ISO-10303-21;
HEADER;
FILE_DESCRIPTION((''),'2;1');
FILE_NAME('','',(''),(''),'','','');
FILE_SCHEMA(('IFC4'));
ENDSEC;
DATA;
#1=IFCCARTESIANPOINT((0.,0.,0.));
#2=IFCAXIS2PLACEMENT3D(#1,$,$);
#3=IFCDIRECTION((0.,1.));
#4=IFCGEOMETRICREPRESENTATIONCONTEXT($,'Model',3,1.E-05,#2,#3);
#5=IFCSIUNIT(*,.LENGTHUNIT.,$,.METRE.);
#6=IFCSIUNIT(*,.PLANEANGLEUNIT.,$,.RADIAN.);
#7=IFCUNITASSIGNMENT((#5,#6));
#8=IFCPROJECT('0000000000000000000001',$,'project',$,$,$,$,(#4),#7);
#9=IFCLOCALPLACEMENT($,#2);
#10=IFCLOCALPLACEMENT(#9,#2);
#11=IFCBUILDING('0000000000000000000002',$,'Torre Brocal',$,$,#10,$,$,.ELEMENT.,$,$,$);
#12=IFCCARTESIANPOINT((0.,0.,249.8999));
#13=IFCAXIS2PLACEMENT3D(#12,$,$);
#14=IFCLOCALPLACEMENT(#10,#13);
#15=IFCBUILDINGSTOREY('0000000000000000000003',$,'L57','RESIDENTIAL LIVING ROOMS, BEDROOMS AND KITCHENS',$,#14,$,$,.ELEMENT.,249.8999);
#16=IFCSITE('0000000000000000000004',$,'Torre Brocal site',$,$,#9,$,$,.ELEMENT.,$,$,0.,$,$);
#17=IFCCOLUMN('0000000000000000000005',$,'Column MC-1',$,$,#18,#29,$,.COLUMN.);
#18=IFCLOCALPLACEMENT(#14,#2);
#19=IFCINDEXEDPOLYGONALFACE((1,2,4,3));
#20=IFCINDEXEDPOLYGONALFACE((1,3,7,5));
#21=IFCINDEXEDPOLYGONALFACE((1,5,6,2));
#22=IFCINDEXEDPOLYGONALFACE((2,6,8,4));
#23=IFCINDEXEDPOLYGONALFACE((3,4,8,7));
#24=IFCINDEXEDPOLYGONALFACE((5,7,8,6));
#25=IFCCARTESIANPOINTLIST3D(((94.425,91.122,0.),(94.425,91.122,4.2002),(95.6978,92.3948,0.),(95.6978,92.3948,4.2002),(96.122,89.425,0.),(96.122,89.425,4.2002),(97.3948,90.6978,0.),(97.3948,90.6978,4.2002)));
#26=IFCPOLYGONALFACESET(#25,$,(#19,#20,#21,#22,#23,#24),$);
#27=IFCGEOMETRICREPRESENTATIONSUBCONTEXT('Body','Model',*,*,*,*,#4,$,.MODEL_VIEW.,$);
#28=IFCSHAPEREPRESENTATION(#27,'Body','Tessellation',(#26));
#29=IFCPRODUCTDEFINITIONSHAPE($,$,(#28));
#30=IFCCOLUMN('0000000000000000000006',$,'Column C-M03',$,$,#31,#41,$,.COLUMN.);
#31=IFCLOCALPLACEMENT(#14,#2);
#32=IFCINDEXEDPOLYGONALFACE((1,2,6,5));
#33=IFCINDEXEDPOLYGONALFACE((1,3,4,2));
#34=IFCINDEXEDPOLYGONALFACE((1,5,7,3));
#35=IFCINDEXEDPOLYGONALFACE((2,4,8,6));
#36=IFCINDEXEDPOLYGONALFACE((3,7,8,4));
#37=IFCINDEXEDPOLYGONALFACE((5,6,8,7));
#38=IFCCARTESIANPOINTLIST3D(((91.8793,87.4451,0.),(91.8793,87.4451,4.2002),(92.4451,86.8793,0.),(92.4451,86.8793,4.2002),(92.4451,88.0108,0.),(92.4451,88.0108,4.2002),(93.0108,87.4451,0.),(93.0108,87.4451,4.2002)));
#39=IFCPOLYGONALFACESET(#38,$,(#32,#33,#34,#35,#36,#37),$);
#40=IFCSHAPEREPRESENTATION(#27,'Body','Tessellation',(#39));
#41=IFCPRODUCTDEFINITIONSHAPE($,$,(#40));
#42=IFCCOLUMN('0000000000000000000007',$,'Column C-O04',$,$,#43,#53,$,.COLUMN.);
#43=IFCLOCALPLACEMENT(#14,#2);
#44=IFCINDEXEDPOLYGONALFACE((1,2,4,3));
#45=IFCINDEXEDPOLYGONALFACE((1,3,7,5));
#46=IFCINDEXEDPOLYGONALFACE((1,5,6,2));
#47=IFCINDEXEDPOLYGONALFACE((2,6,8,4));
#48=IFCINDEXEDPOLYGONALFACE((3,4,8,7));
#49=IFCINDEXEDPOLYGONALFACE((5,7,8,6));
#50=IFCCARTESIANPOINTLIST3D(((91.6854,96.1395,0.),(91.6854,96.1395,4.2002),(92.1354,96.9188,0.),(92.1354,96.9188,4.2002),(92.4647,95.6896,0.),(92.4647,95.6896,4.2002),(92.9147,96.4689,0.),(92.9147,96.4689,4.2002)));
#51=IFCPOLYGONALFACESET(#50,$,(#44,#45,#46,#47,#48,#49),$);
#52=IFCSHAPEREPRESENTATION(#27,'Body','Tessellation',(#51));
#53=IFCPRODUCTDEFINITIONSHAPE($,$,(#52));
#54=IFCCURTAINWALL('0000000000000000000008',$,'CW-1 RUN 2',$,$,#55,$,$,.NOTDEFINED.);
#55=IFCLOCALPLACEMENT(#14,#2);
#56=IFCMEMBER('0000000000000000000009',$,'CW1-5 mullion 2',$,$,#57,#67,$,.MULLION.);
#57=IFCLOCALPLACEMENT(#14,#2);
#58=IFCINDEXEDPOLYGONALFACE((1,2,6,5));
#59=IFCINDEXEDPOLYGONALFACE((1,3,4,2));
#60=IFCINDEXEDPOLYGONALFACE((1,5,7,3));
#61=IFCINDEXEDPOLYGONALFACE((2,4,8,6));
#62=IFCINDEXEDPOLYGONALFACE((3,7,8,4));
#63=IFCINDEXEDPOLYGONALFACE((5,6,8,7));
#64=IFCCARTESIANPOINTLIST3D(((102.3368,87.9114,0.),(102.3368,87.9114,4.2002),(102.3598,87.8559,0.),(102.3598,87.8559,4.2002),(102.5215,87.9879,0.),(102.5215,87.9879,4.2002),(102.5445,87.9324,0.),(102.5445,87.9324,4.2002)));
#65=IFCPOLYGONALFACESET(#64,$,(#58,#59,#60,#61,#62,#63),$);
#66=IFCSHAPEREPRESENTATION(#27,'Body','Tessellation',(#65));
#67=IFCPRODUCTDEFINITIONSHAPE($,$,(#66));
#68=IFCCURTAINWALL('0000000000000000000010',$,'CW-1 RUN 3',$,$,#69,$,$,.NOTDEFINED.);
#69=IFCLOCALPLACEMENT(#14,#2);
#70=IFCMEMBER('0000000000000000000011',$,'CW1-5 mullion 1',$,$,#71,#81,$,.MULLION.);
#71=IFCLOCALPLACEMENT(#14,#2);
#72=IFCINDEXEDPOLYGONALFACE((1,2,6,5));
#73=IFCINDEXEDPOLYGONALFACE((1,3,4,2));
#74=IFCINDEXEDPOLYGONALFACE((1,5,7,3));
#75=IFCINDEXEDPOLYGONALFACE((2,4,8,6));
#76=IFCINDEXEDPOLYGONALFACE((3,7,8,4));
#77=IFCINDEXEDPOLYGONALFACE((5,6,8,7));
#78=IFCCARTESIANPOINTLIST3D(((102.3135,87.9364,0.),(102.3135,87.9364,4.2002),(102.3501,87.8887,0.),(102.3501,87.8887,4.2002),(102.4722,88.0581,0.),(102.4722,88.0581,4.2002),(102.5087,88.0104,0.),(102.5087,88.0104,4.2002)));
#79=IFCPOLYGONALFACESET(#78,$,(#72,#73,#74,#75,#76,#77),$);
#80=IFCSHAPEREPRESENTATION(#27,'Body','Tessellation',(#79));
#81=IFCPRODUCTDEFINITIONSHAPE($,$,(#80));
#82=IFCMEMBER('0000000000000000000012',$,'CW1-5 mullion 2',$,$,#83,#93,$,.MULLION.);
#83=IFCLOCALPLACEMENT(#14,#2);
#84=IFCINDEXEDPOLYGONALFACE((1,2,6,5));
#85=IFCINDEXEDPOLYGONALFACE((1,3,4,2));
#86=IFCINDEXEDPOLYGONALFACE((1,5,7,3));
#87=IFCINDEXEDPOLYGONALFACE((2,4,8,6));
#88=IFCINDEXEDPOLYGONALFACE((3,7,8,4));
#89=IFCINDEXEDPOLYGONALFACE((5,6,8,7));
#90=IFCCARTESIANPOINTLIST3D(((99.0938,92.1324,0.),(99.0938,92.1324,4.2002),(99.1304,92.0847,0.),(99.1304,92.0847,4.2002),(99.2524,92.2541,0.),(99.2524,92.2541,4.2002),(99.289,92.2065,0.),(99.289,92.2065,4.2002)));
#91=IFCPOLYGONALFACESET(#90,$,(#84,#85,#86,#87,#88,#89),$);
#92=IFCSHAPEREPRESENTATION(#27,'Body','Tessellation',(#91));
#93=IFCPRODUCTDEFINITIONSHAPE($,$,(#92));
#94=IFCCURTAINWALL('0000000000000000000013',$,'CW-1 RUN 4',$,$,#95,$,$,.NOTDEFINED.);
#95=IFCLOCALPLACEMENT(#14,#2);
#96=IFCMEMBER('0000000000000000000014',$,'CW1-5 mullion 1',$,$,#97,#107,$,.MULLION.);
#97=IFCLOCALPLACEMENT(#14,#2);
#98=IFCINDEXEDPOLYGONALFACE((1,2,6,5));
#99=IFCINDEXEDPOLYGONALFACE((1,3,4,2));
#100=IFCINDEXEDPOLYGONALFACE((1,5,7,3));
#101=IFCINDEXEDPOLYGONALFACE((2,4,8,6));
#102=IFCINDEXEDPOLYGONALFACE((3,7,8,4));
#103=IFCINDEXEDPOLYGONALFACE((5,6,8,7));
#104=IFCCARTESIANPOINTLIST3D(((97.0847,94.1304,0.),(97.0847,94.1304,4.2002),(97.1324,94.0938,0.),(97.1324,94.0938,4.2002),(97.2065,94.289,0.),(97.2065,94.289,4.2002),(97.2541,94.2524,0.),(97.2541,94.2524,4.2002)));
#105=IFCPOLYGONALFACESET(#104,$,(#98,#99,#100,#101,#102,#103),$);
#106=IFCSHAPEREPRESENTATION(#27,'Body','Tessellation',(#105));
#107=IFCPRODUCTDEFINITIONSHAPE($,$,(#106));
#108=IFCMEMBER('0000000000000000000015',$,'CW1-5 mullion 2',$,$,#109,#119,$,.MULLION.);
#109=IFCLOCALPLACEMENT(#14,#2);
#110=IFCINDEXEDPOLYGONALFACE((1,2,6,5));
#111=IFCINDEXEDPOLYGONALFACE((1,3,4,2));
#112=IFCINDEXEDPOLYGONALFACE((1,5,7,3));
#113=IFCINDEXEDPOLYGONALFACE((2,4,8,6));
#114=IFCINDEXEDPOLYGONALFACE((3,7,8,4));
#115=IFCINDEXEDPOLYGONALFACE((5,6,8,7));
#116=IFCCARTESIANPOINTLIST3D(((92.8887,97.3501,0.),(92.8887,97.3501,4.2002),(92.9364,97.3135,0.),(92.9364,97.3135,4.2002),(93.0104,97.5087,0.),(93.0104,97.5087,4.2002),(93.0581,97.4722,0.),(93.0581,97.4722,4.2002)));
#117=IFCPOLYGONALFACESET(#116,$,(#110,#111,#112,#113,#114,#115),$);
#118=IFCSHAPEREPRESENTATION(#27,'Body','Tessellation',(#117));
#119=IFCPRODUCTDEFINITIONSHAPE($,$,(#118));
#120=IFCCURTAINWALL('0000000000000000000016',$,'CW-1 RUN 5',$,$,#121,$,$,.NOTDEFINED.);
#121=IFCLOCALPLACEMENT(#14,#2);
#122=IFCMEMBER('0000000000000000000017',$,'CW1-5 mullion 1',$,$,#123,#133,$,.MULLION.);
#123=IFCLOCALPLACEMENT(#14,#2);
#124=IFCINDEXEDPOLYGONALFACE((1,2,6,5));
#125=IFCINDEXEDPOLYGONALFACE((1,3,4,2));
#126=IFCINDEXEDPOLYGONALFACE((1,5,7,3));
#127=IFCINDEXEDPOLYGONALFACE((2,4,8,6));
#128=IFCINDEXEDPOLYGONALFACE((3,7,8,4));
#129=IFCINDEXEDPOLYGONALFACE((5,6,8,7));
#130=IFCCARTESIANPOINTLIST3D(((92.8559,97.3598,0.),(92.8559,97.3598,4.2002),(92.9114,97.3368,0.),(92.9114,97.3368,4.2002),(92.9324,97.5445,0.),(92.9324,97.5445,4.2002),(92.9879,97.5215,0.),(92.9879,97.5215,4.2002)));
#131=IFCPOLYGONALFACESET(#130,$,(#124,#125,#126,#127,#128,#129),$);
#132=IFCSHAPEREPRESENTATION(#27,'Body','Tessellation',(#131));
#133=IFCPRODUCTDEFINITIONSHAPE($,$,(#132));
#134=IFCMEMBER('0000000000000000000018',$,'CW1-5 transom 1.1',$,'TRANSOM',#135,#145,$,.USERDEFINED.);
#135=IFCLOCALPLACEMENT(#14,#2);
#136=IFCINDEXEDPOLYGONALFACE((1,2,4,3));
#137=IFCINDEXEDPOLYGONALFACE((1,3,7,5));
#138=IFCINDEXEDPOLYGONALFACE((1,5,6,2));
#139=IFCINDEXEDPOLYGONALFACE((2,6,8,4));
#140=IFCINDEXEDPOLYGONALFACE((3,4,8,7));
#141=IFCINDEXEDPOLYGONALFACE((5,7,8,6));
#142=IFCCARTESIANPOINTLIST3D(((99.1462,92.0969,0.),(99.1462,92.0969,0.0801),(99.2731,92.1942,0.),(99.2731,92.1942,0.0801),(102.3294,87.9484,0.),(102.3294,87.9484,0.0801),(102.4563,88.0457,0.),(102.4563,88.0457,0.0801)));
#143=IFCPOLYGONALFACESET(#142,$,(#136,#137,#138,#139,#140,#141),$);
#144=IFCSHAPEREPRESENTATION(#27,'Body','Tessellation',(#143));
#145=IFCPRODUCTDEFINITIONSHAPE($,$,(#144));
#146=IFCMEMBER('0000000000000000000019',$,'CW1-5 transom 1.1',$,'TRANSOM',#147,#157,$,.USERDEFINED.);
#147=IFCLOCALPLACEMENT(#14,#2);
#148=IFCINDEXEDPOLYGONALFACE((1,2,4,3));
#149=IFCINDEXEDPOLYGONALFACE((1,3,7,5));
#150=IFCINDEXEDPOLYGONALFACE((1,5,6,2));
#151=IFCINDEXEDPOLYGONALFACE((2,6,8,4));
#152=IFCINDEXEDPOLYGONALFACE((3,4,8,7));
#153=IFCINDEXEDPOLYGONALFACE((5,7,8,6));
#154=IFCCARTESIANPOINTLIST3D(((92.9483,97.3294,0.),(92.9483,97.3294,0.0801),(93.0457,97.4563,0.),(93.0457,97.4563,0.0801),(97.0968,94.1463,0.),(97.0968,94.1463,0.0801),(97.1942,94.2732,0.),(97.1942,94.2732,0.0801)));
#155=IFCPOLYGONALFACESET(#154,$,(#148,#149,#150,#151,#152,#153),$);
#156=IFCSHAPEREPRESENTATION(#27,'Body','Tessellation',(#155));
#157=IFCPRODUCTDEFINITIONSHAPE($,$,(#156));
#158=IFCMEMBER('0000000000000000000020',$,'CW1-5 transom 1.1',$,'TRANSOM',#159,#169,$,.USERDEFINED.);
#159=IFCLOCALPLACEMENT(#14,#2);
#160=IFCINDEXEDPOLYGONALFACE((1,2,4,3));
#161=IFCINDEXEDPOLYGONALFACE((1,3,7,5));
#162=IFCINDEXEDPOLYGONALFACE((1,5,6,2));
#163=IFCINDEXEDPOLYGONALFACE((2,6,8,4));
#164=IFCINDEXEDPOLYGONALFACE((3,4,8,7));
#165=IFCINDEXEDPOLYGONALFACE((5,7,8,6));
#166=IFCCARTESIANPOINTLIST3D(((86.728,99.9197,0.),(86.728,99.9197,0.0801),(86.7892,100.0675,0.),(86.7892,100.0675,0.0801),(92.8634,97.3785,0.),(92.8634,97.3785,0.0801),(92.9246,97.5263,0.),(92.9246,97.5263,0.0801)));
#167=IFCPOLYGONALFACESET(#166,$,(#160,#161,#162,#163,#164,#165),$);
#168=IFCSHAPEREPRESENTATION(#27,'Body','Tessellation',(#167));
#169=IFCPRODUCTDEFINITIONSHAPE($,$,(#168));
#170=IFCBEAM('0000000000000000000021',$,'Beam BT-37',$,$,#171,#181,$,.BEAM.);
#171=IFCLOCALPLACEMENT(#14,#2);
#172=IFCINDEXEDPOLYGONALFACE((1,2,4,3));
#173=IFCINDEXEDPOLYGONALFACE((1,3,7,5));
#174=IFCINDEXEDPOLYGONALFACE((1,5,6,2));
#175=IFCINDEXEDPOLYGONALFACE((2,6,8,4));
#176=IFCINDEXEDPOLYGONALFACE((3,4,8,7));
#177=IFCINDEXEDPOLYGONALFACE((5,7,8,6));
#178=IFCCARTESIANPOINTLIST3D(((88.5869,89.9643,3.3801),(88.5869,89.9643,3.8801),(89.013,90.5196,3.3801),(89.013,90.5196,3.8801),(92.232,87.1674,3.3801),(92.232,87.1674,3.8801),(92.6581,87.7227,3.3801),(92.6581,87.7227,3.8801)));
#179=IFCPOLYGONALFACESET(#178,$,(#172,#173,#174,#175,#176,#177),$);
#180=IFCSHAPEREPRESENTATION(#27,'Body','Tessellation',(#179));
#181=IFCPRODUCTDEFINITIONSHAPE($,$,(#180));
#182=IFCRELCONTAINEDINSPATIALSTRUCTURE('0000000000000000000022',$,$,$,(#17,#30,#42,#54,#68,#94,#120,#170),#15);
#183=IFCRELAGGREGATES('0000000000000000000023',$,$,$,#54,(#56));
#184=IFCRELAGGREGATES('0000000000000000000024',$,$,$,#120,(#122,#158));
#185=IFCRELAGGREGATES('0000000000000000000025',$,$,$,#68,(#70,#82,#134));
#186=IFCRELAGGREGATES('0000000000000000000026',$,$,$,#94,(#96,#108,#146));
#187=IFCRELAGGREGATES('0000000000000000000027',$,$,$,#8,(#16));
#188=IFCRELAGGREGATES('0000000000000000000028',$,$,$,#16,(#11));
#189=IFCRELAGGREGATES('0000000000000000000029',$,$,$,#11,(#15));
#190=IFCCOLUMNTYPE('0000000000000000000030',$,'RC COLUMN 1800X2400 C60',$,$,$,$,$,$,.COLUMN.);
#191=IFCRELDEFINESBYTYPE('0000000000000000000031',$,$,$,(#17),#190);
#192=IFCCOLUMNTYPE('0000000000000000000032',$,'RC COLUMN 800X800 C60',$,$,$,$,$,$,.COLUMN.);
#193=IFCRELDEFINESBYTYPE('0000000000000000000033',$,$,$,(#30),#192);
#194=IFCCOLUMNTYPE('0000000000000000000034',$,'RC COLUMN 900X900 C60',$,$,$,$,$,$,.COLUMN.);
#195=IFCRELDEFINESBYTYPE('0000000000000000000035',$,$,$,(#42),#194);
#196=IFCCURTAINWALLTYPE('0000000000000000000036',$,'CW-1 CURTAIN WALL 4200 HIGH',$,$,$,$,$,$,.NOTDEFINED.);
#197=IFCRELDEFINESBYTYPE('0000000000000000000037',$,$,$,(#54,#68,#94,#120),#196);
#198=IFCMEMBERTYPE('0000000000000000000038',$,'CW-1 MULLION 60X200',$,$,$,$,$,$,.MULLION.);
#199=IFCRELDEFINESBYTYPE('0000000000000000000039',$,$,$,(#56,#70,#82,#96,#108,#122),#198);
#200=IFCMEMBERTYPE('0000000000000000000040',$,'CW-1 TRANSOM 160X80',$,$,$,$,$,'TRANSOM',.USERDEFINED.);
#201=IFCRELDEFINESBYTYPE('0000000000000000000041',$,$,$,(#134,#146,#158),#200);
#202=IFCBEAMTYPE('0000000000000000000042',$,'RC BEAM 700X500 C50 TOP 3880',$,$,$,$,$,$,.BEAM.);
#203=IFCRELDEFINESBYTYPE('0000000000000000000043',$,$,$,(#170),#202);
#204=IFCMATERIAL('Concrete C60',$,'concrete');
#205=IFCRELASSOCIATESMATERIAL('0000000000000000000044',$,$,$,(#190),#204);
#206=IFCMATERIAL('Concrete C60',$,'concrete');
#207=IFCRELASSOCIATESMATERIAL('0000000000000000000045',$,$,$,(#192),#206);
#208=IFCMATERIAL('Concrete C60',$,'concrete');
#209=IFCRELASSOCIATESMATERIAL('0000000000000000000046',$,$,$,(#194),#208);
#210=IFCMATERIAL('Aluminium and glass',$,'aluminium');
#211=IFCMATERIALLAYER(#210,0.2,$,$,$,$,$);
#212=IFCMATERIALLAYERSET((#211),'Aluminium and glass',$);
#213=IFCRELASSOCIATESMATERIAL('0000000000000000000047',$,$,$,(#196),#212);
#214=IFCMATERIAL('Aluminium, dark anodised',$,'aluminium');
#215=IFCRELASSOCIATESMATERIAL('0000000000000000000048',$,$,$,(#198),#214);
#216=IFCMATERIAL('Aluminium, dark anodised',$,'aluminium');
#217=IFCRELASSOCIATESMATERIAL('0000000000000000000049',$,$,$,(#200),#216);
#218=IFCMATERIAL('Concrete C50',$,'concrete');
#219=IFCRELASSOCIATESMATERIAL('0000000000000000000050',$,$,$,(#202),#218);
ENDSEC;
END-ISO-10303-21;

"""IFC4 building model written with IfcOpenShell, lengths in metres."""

from ifc_helpers import new_model, si_unit, direction, frame, origin, origin_2d, place, context, subcontext, project, spatial, rectangle, extrude, material, layer, layer_set, material_profile, profile_set, type_object, element, aggregate, save


model = new_model("IFC4")

# Units and contexts
model_context = context("Model", 3, precision=1e-05, world=origin(), true_north=direction((0.0, 1.0)))
body_context = subcontext(model_context, "Body", "Model", "MODEL_VIEW")
ifc_project = project(units=[si_unit("LENGTHUNIT", "METRE"), si_unit("PLANEANGLEUNIT", "RADIAN")], contexts=[model_context])

# Site, building, storey
site_placement = place(None, origin())
site = spatial("IfcSite", under=ifc_project, at=site_placement, Name="Torre Brocal site", CompositionType="ELEMENT", RefElevation=0.0)
building_placement = place(site_placement, origin())
building = spatial("IfcBuilding", under=site, at=building_placement, Name="Torre Brocal", CompositionType="ELEMENT")
storey_placement = place(building_placement, frame((0.0, 0.0, 249.8999)))
storey = spatial("IfcBuildingStorey", under=building, at=storey_placement, Name="L57", Description="RESIDENTIAL LIVING ROOMS, BEDROOMS AND KITCHENS", CompositionType="ELEMENT", Elevation=249.8999)

# Columns
ifc_material_1 = material(Name="Concrete C60", Category="concrete")
ifc_material_profile_1 = material_profile(ifc_material_1, rectangle(XDim=1.8, YDim=2.3999, at=origin_2d()), Name="RC 1800X2400")
ifc_profile_set_1 = profile_set([ifc_material_profile_1], Name="Concrete C60")
column_type_1 = type_object("IfcColumnType", Name="RC COLUMN 1800X2400 C60", PredefinedType="COLUMN", material=ifc_profile_set_1)
column_1_placement = place(storey_placement, frame((95.9099, 90.9099, 0.0), z_axis=(0.0, 0.0, 1.0), x_axis=(0.707107, 0.707107, 0.0)))
element("IfcColumn", 1, at=column_1_placement, inside=storey, type_object=column_type_1, Name="Column MC-1", PredefinedType="COLUMN", context=body_context, shape_type="SweptSolid", body=[
    extrude(rectangle(XDim=1.8, YDim=2.3999, at=origin_2d()), origin(), (0.0, 0.0, 1.0), 4.2002),
])
ifc_material_2 = material(Name="Concrete C60", Category="concrete")
ifc_material_profile_2 = material_profile(ifc_material_2, rectangle(XDim=0.8, YDim=0.8, at=origin_2d()), Name="RC 800X800")
ifc_profile_set_2 = profile_set([ifc_material_profile_2], Name="Concrete C60")
column_type_2 = type_object("IfcColumnType", Name="RC COLUMN 800X800 C60", PredefinedType="COLUMN", material=ifc_profile_set_2)
column_2_placement = place(storey_placement, frame((92.4451, 87.4451, 0.0), z_axis=(0.0, 0.0, 1.0), x_axis=(0.707107, 0.707107, 0.0)))
element("IfcColumn", 2, at=column_2_placement, inside=storey, type_object=column_type_2, Name="Column C-M03", PredefinedType="COLUMN", context=body_context, shape_type="SweptSolid", body=[
    extrude(rectangle(XDim=0.8, YDim=0.8, at=origin_2d()), origin(), (0.0, 0.0, 1.0), 4.2002),
])
ifc_material_3 = material(Name="Concrete C60", Category="concrete")
ifc_material_profile_3 = material_profile(ifc_material_3, rectangle(XDim=0.8999, YDim=0.8999, at=origin_2d()), Name="RC 900X900")
ifc_profile_set_3 = profile_set([ifc_material_profile_3], Name="Concrete C60")
column_type_3 = type_object("IfcColumnType", Name="RC COLUMN 900X900 C60", PredefinedType="COLUMN", material=ifc_profile_set_3)
column_3_placement = place(storey_placement, frame((92.3, 96.3042, 0.0), z_axis=(0.0, 0.0, 1.0), x_axis=(0.5, 0.866025, 0.0)))
element("IfcColumn", 3, at=column_3_placement, inside=storey, type_object=column_type_3, Name="Column C-O04", PredefinedType="COLUMN", context=body_context, shape_type="SweptSolid", body=[
    extrude(rectangle(XDim=0.8999, YDim=0.8999, at=origin_2d()), origin(), (0.0, 0.0, 1.0), 4.2002),
])

# Curtain wall, member
ifc_material_4 = material(Name="Aluminium and glass", Category="aluminium")
ifc_layer_1 = layer(ifc_material_4, 0.2)
ifc_layer_set_1 = layer_set([ifc_layer_1], Name="Aluminium and glass")
curtain_wall_type = type_object("IfcCurtainWallType", Name="CW-1 CURTAIN WALL 4200 HIGH", PredefinedType="NOTDEFINED", material=ifc_layer_set_1)
curtain_wall_1_placement = place(storey_placement, origin())
curtain_wall_1 = element("IfcCurtainWall", 4, at=curtain_wall_1_placement, inside=storey, type_object=curtain_wall_type, Name="CW-1 RUN 2", PredefinedType="NOTDEFINED")
ifc_material_5 = material(Name="Aluminium, dark anodised", Category="aluminium")
ifc_material_profile_4 = material_profile(ifc_material_5, rectangle(XDim=0.2, YDim=0.0601, at=origin_2d()), Name="CW-1 MULLION 60X200")
ifc_profile_set_4 = profile_set([ifc_material_profile_4], Name="Aluminium, dark anodised")
member_type_1 = type_object("IfcMemberType", Name="CW-1 MULLION 60X200", PredefinedType="MULLION", material=ifc_profile_set_4)
member_1_placement = place(storey_placement, frame((102.4407, 87.9219, 0.0), z_axis=(0.0, 0.0, 1.0), x_axis=(-0.92388, -0.382683, 0.0)))
member_1 = element("IfcMember", 5, at=member_1_placement, type_object=member_type_1, Name="CW1-5 mullion 2", PredefinedType="MULLION", context=body_context, shape_type="SweptSolid", body=[
    extrude(rectangle(XDim=0.2, YDim=0.0601, at=origin_2d()), origin(), (0.0, 0.0, 1.0), 4.2002),
])
aggregate(curtain_wall_1, [member_1])

# Curtain walls, members
curtain_wall_2_placement = place(storey_placement, origin())
curtain_wall_2 = element("IfcCurtainWall", 6, at=curtain_wall_2_placement, inside=storey, type_object=curtain_wall_type, Name="CW-1 RUN 3", PredefinedType="NOTDEFINED")
member_2_placement = place(storey_placement, frame((102.4111, 87.9734, 0.0), z_axis=(0.0, 0.0, 1.0), x_axis=(-0.793353, -0.608761, 0.0)))
member_2 = element("IfcMember", 7, at=member_2_placement, type_object=member_type_1, Name="CW1-5 mullion 1", PredefinedType="MULLION", context=body_context, shape_type="SweptSolid", body=[
    extrude(rectangle(XDim=0.2, YDim=0.0601, at=origin_2d()), origin(), (0.0, 0.0, 1.0), 4.2002),
])
member_3_placement = place(storey_placement, frame((99.1914, 92.1694, 0.0), z_axis=(0.0, 0.0, 1.0), x_axis=(-0.793353, -0.608761, 0.0)))
member_3 = element("IfcMember", 8, at=member_3_placement, type_object=member_type_1, Name="CW1-5 mullion 2", PredefinedType="MULLION", context=body_context, shape_type="SweptSolid", body=[
    extrude(rectangle(XDim=0.2, YDim=0.0601, at=origin_2d()), origin(), (0.0, 0.0, 1.0), 4.2002),
])
curtain_wall_3_placement = place(storey_placement, origin())
curtain_wall_3 = element("IfcCurtainWall", 9, at=curtain_wall_3_placement, inside=storey, type_object=curtain_wall_type, Name="CW-1 RUN 4", PredefinedType="NOTDEFINED")
member_4_placement = place(storey_placement, frame((97.1694, 94.1914, 0.0), z_axis=(0.0, 0.0, 1.0), x_axis=(-0.608761, -0.793353, 0.0)))
member_4 = element("IfcMember", 10, at=member_4_placement, type_object=member_type_1, Name="CW1-5 mullion 1", PredefinedType="MULLION", context=body_context, shape_type="SweptSolid", body=[
    extrude(rectangle(XDim=0.2, YDim=0.0601, at=origin_2d()), origin(), (0.0, 0.0, 1.0), 4.2002),
])
member_5_placement = place(storey_placement, frame((92.9734, 97.4111, 0.0), z_axis=(0.0, 0.0, 1.0), x_axis=(-0.608761, -0.793353, 0.0)))
member_5 = element("IfcMember", 11, at=member_5_placement, type_object=member_type_1, Name="CW1-5 mullion 2", PredefinedType="MULLION", context=body_context, shape_type="SweptSolid", body=[
    extrude(rectangle(XDim=0.2, YDim=0.0601, at=origin_2d()), origin(), (0.0, 0.0, 1.0), 4.2002),
])

# Curtain wall, member
curtain_wall_4_placement = place(storey_placement, origin())
curtain_wall_4 = element("IfcCurtainWall", 12, at=curtain_wall_4_placement, inside=storey, type_object=curtain_wall_type, Name="CW-1 RUN 5", PredefinedType="NOTDEFINED")
member_6_placement = place(storey_placement, frame((92.9219, 97.4407, 0.0), z_axis=(0.0, 0.0, 1.0), x_axis=(-0.382683, -0.92388, 0.0)))
member_6 = element("IfcMember", 13, at=member_6_placement, type_object=member_type_1, Name="CW1-5 mullion 1", PredefinedType="MULLION", context=body_context, shape_type="SweptSolid", body=[
    extrude(rectangle(XDim=0.2, YDim=0.0601, at=origin_2d()), origin(), (0.0, 0.0, 1.0), 4.2002),
])

# Members
ifc_material_6 = material(Name="Aluminium, dark anodised", Category="aluminium")
ifc_material_profile_5 = material_profile(ifc_material_6, rectangle(XDim=0.1599, YDim=0.0801, at=origin_2d()), Name="CW-1 TRANSOM 160X80")
ifc_profile_set_5 = profile_set([ifc_material_profile_5], Name="Aluminium, dark anodised")
member_type_2 = type_object("IfcMemberType", Name="CW-1 TRANSOM 160X80", ElementType="TRANSOM", PredefinedType="USERDEFINED", material=ifc_profile_set_5)
member_7_placement = place(storey_placement, frame((102.3928, 87.9971, 0.04), z_axis=(-0.608749, 0.793363, 0.0), x_axis=(-0.793363, -0.608749, 0.0)))
member_7 = element("IfcMember", 14, at=member_7_placement, type_object=member_type_2, Name="CW1-5 transom 1.1", ObjectType="TRANSOM", PredefinedType="USERDEFINED", context=body_context, shape_type="SweptSolid", body=[
    extrude(rectangle(XDim=0.1599, YDim=0.0801, at=origin_2d()), origin(), (0.0, 0.0, 1.0), 5.229),
])
member_8_placement = place(storey_placement, frame((97.1455, 94.2097, 0.04), z_axis=(-0.793363, 0.608749, 0.0), x_axis=(-0.608749, -0.793363, 0.0)))
member_8 = element("IfcMember", 15, at=member_8_placement, type_object=member_type_2, Name="CW1-5 transom 1.1", ObjectType="TRANSOM", PredefinedType="USERDEFINED", context=body_context, shape_type="SweptSolid", body=[
    extrude(rectangle(XDim=0.1599, YDim=0.0801, at=origin_2d()), origin(), (0.0, 0.0, 1.0), 5.229),
])
member_9_placement = place(storey_placement, frame((92.894, 97.4524, 0.04), z_axis=(-0.923887, 0.382665, 0.0), x_axis=(-0.382665, -0.923887, 0.0)))
member_9 = element("IfcMember", 16, at=member_9_placement, type_object=member_type_2, Name="CW1-5 transom 1.1", ObjectType="TRANSOM", PredefinedType="USERDEFINED", context=body_context, shape_type="SweptSolid", body=[
    extrude(rectangle(XDim=0.1599, YDim=0.0801, at=origin_2d()), origin(), (0.0, 0.0, 1.0), 6.6409),
])
aggregate(curtain_wall_4, [member_6, member_9])

# Beam
ifc_material_7 = material(Name="Concrete C50", Category="concrete")
ifc_material_profile_6 = material_profile(ifc_material_7, rectangle(XDim=0.7, YDim=0.5, at=origin_2d()), Name="RC 700X500")
ifc_profile_set_6 = profile_set([ifc_material_profile_6], Name="Concrete C50")
beam_type_1 = type_object("IfcBeamType", Name="RC BEAM 700X500 C50 TOP 3880", PredefinedType="BEAM", material=ifc_profile_set_6)
beam_1_placement = place(storey_placement, frame((92.4451, 87.4451, 3.6301), z_axis=(-0.793358, 0.608755, 0.0), x_axis=(-0.608755, -0.793358, 0.0)))
element("IfcBeam", 17, at=beam_1_placement, inside=storey, type_object=beam_type_1, Name="Beam BT-37", PredefinedType="BEAM", context=body_context, shape_type="SweptSolid", body=[
    extrude(rectangle(XDim=0.7, YDim=0.5, at=origin_2d()), origin(), (0.0, 0.0, 1.0), 4.5945),
])

aggregate(curtain_wall_2, [member_2, member_3, member_7])
aggregate(curtain_wall_3, [member_4, member_5, member_8])

save(model, "model.ifc")
